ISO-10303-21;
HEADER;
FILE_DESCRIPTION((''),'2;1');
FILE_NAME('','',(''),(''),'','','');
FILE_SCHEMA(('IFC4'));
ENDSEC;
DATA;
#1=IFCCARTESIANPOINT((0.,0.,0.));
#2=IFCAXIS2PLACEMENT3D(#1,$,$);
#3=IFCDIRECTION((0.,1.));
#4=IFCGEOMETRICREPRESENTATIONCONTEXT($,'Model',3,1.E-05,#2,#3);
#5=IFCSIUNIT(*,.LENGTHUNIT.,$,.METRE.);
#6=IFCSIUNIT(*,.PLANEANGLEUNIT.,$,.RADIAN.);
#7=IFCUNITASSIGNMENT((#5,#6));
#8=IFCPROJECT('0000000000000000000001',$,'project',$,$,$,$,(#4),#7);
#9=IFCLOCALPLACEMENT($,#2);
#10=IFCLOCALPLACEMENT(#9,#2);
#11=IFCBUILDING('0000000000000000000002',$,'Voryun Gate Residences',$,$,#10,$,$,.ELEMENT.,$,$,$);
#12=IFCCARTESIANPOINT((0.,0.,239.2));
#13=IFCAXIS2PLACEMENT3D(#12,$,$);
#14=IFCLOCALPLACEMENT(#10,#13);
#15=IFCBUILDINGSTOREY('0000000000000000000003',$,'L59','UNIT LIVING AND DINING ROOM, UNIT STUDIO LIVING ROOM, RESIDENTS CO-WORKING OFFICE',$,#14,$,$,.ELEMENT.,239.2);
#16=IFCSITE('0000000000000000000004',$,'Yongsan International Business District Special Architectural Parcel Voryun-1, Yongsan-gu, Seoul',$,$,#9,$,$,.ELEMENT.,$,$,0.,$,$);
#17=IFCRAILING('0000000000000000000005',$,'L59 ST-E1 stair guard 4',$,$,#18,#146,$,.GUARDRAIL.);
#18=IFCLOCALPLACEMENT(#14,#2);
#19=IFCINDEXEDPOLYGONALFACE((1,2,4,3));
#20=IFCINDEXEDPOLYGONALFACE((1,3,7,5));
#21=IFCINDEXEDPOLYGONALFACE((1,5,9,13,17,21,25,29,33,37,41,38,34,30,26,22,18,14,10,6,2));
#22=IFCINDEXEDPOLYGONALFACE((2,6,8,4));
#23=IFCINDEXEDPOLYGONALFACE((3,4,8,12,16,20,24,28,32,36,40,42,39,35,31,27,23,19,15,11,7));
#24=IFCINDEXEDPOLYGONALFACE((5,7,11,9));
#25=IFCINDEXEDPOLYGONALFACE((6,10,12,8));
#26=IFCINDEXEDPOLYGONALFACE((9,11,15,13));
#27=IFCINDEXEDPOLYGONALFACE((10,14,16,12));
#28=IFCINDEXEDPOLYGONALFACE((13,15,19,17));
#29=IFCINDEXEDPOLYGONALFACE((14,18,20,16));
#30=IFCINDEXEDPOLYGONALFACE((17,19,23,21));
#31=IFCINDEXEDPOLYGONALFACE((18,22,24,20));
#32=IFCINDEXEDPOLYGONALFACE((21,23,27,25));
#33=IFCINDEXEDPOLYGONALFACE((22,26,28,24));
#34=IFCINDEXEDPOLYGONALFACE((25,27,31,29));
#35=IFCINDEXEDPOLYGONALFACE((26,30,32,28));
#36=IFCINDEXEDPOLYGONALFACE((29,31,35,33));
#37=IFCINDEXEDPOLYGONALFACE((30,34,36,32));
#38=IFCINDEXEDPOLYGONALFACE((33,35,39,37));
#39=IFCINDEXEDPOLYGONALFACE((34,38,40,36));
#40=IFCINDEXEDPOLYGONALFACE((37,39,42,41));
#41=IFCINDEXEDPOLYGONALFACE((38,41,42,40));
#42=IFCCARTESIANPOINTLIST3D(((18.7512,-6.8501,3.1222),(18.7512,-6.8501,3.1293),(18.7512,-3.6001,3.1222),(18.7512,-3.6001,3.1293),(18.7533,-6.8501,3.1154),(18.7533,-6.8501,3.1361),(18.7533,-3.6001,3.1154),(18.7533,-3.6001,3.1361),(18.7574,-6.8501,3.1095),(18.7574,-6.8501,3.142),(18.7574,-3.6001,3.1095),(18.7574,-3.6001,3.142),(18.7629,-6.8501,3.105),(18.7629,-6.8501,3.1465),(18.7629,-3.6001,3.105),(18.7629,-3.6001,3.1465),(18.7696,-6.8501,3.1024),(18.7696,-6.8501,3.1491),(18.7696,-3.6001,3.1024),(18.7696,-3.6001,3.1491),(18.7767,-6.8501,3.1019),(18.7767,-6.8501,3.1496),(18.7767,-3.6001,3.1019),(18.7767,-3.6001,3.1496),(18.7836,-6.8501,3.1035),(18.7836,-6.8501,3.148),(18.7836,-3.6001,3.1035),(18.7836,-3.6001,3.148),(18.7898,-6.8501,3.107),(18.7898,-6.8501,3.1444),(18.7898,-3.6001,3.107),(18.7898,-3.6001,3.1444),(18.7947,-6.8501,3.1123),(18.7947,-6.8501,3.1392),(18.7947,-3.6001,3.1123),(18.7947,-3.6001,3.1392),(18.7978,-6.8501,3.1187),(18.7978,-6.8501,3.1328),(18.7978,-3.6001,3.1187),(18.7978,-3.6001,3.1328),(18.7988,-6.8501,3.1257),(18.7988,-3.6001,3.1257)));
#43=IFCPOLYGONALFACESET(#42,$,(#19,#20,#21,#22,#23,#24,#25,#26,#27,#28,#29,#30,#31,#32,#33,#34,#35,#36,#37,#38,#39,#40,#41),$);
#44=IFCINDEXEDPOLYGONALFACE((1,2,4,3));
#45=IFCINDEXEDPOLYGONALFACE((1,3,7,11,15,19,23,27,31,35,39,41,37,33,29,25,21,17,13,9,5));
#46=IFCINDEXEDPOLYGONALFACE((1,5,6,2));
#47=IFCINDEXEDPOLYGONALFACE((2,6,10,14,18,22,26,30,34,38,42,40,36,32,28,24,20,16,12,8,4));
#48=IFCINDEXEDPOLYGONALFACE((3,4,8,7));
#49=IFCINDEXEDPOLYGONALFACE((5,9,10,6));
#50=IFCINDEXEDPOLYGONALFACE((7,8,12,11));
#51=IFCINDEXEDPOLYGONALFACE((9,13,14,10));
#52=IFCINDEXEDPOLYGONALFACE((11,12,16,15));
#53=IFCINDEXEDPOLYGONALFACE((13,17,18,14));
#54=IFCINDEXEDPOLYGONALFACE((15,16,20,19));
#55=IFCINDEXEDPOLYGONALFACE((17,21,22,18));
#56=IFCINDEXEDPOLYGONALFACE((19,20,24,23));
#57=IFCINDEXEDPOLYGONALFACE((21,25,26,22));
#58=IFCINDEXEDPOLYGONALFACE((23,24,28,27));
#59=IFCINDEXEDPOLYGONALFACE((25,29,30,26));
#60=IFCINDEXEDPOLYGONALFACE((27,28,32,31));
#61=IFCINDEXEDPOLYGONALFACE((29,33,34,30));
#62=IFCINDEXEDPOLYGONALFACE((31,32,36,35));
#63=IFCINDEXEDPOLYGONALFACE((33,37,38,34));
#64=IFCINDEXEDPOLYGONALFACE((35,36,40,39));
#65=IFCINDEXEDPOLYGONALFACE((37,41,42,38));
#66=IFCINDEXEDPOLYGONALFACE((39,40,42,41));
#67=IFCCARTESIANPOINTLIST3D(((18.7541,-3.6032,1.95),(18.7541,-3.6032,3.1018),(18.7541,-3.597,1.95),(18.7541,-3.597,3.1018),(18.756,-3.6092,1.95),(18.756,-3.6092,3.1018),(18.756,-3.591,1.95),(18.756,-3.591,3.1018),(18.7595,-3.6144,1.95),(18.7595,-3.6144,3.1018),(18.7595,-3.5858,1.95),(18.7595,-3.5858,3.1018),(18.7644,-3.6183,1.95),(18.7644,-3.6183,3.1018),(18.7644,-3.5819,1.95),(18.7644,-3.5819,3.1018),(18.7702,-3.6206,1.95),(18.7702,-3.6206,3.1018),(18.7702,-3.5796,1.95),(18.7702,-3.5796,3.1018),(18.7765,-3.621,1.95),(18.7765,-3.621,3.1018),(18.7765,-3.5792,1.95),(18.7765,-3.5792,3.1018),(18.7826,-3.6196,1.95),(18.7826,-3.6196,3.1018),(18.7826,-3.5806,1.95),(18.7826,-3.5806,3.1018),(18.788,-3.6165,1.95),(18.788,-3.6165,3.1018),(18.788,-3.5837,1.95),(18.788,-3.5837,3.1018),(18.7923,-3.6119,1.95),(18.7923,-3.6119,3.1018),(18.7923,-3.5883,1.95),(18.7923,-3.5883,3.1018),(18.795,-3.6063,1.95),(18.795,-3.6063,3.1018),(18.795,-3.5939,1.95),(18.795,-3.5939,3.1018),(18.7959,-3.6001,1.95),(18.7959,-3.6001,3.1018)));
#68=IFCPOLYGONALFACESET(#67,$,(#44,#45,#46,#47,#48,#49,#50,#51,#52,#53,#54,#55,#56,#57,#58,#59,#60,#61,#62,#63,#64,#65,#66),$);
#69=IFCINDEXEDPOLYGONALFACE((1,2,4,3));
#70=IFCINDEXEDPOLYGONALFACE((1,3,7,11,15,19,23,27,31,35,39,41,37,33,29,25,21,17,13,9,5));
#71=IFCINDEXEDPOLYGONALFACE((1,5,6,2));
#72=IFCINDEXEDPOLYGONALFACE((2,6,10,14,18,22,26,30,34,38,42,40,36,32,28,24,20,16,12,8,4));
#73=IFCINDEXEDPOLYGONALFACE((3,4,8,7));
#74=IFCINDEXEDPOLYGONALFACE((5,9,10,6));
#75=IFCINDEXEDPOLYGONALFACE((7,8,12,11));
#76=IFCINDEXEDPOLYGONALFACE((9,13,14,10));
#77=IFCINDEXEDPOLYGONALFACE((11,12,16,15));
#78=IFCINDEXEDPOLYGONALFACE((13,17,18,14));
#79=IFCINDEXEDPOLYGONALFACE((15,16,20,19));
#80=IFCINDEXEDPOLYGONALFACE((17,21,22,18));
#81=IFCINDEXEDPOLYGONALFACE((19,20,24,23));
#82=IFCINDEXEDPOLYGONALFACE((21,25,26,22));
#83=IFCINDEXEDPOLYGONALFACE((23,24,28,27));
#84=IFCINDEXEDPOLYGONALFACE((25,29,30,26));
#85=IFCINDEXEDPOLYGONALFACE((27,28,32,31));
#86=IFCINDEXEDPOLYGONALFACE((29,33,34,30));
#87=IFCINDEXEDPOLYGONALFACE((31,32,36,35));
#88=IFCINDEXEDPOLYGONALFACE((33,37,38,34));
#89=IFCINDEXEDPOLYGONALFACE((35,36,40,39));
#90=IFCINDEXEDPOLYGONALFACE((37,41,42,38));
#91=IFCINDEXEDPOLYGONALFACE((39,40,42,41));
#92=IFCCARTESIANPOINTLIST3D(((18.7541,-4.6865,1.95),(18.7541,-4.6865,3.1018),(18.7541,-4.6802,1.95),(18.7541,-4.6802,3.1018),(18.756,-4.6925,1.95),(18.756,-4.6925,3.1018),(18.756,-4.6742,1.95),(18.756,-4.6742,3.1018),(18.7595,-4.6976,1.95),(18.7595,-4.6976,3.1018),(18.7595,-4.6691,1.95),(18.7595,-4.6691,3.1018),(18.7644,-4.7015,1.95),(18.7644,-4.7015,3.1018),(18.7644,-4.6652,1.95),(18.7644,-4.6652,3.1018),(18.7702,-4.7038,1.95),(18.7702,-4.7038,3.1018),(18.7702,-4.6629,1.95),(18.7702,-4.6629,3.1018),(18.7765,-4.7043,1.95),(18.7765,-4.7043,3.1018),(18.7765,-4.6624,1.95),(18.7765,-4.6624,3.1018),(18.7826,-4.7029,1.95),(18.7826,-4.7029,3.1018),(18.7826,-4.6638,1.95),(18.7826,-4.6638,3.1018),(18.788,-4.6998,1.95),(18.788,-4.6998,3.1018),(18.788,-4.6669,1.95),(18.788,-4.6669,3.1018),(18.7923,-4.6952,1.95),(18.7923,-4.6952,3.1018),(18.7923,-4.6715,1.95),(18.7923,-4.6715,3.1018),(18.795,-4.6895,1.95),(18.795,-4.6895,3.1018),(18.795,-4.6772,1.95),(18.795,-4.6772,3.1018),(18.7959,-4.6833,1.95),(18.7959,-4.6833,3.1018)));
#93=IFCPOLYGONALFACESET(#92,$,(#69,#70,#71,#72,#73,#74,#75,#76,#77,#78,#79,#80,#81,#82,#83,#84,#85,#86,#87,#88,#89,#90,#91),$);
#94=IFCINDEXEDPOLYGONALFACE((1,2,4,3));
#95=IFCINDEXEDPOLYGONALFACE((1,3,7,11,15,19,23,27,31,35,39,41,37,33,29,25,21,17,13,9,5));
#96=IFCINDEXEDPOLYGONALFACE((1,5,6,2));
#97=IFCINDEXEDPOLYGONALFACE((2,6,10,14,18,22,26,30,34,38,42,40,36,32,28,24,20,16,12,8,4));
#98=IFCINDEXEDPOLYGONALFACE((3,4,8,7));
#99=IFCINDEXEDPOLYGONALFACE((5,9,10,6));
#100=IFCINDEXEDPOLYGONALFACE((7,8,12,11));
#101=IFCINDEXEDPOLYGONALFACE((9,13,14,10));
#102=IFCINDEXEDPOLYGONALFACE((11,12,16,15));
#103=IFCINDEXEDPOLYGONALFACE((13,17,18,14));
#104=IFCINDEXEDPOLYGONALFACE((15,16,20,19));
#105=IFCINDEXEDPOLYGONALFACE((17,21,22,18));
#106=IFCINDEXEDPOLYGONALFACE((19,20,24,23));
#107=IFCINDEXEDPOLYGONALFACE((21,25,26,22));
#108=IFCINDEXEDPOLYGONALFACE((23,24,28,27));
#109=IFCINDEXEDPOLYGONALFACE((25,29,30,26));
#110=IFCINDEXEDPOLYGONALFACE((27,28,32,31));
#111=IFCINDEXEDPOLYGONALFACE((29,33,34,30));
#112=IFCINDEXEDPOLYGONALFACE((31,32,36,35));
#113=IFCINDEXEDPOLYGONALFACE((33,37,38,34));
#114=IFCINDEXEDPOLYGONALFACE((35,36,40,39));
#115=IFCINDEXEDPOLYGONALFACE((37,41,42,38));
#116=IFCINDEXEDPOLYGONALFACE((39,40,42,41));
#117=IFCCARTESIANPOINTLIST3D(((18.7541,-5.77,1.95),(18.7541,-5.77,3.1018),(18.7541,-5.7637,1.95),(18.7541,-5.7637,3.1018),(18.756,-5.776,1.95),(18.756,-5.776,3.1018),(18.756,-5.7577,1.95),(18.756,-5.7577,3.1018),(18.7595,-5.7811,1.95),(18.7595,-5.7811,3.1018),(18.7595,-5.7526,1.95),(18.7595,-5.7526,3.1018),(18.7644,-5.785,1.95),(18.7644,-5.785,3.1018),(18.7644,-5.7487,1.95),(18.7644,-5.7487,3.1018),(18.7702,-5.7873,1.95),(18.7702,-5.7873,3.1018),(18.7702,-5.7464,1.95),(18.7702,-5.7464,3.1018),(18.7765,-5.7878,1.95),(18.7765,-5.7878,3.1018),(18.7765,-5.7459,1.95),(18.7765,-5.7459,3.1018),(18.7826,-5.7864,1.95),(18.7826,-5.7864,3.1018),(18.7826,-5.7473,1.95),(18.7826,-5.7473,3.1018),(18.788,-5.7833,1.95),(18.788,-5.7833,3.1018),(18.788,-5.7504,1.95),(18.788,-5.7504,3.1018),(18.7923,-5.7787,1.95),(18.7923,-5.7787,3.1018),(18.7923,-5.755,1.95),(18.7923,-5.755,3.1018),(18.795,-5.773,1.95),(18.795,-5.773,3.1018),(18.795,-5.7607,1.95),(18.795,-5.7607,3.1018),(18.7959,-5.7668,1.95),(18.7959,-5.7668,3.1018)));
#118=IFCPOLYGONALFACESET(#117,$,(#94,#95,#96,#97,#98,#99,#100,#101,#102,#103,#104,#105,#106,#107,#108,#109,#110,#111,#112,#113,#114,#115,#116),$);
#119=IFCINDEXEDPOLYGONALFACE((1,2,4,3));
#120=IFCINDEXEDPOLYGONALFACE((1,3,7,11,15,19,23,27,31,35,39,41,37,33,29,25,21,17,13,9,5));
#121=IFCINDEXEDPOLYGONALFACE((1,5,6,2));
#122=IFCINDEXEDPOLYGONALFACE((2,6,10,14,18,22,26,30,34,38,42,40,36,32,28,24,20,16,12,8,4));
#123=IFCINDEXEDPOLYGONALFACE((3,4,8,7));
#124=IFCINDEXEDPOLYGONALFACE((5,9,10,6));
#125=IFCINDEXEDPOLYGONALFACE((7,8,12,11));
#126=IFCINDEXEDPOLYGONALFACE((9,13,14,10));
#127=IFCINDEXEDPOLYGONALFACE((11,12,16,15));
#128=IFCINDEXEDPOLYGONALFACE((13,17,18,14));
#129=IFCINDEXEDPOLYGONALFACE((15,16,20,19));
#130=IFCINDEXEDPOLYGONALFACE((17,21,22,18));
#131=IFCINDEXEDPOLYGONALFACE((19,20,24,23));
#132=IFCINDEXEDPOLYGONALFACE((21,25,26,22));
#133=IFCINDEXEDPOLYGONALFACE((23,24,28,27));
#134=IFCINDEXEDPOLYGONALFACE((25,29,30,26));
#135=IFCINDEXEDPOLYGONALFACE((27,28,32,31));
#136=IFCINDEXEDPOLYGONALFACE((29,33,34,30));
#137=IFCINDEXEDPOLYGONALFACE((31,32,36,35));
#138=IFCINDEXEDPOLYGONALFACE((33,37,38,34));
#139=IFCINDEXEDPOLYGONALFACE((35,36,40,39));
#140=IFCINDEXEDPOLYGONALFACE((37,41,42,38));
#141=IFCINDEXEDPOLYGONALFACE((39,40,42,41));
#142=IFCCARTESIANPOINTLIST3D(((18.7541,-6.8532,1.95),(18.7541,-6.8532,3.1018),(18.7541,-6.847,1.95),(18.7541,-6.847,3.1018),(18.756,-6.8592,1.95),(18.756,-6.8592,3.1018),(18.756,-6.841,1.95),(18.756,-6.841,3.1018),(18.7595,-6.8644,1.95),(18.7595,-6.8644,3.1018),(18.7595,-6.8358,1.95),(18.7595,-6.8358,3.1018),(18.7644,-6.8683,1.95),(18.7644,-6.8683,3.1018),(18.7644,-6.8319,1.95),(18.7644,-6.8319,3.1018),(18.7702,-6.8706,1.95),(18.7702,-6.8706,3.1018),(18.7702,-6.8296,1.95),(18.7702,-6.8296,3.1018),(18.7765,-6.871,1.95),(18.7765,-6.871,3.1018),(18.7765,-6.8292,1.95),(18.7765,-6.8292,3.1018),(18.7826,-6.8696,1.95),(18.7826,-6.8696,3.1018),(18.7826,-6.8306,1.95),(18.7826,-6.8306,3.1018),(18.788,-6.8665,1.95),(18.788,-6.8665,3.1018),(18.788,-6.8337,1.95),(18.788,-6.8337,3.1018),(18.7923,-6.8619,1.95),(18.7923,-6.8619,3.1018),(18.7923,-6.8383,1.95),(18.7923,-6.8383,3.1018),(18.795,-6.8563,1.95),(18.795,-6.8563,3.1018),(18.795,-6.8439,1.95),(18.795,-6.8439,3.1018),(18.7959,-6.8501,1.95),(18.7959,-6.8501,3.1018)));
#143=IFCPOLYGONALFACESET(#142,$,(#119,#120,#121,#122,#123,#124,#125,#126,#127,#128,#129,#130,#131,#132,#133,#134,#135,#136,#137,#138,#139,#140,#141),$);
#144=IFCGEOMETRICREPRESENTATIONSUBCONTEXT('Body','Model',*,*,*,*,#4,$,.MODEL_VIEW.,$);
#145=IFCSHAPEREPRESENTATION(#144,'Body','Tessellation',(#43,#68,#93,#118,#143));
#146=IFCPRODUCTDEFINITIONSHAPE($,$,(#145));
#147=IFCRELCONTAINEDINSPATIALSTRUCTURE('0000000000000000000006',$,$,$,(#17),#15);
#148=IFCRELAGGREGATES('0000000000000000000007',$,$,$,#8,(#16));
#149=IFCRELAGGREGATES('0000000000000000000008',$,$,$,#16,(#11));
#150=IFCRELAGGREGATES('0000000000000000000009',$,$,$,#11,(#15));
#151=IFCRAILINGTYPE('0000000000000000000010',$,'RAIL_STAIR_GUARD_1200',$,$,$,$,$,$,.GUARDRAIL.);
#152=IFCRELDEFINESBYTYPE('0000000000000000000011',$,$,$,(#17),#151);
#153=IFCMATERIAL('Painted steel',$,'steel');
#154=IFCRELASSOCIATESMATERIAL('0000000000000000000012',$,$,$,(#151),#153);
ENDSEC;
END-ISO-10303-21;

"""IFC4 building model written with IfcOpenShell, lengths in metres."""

from ifc_helpers import new_model, si_unit, direction, frame, origin, origin_2d, place, context, subcontext, project, spatial, circle, extrude, material, type_object, element, save


model = new_model("IFC4")

# Units and contexts
model_context = context("Model", 3, precision=1e-05, world=origin(), true_north=direction((0.0, 1.0)))
body_context = subcontext(model_context, "Body", "Model", "MODEL_VIEW")
ifc_project = project(units=[si_unit("LENGTHUNIT", "METRE"), si_unit("PLANEANGLEUNIT", "RADIAN")], contexts=[model_context])

# Site, building, storey
site_placement = place(None, origin())
site = spatial("IfcSite", under=ifc_project, at=site_placement, Name="Yongsan International Business District Special Architectural Parcel Voryun-1, Yongsan-gu, Seoul", CompositionType="ELEMENT", RefElevation=0.0)
building_placement = place(site_placement, origin())
building = spatial("IfcBuilding", under=site, at=building_placement, Name="Voryun Gate Residences", CompositionType="ELEMENT")
storey_placement = place(building_placement, frame((0.0, 0.0, 239.2)))
storey = spatial("IfcBuildingStorey", under=building, at=storey_placement, Name="L59", Description="UNIT LIVING AND DINING ROOM, UNIT STUDIO LIVING ROOM, RESIDENTS CO-WORKING OFFICE", CompositionType="ELEMENT", Elevation=239.2)

# Railing
ifc_material_1 = material(Name="Painted steel", Category="steel")
railing_type_1 = type_object("IfcRailingType", Name="RAIL_STAIR_GUARD_1200", PredefinedType="GUARDRAIL", material=ifc_material_1)
railing_1_placement = place(storey_placement, frame((18.7749, -3.6001, 1.95)))
element("IfcRailing", 1, at=railing_1_placement, inside=storey, type_object=railing_type_1, Name="L59 ST-E1 stair guard 4", PredefinedType="GUARDRAIL", context=body_context, shape_type="SweptSolid", body=[
    extrude(circle(Radius=0.0239, at=origin_2d()), frame((0.0, 0.0, 1.1758), z_axis=(0.0, -1.0, 0.0), x_axis=(1.0, 0.0, 0.0)), (0.0, 0.0, 1.0), 3.25),
    extrude(circle(Radius=0.021, at=origin_2d()), origin(), (0.0, 0.0, 1.0), 1.1519),
    extrude(circle(Radius=0.021, at=origin_2d()), frame((0.0, -1.0833, 0.0)), (0.0, 0.0, 1.0), 1.1519),
    extrude(circle(Radius=0.021, at=origin_2d()), frame((0.0, -2.1667, 0.0)), (0.0, 0.0, 1.0), 1.1519),
    extrude(circle(Radius=0.021, at=origin_2d()), frame((0.0, -3.25, 0.0)), (0.0, 0.0, 1.0), 1.1519),
])

save(model, "model.ifc")
